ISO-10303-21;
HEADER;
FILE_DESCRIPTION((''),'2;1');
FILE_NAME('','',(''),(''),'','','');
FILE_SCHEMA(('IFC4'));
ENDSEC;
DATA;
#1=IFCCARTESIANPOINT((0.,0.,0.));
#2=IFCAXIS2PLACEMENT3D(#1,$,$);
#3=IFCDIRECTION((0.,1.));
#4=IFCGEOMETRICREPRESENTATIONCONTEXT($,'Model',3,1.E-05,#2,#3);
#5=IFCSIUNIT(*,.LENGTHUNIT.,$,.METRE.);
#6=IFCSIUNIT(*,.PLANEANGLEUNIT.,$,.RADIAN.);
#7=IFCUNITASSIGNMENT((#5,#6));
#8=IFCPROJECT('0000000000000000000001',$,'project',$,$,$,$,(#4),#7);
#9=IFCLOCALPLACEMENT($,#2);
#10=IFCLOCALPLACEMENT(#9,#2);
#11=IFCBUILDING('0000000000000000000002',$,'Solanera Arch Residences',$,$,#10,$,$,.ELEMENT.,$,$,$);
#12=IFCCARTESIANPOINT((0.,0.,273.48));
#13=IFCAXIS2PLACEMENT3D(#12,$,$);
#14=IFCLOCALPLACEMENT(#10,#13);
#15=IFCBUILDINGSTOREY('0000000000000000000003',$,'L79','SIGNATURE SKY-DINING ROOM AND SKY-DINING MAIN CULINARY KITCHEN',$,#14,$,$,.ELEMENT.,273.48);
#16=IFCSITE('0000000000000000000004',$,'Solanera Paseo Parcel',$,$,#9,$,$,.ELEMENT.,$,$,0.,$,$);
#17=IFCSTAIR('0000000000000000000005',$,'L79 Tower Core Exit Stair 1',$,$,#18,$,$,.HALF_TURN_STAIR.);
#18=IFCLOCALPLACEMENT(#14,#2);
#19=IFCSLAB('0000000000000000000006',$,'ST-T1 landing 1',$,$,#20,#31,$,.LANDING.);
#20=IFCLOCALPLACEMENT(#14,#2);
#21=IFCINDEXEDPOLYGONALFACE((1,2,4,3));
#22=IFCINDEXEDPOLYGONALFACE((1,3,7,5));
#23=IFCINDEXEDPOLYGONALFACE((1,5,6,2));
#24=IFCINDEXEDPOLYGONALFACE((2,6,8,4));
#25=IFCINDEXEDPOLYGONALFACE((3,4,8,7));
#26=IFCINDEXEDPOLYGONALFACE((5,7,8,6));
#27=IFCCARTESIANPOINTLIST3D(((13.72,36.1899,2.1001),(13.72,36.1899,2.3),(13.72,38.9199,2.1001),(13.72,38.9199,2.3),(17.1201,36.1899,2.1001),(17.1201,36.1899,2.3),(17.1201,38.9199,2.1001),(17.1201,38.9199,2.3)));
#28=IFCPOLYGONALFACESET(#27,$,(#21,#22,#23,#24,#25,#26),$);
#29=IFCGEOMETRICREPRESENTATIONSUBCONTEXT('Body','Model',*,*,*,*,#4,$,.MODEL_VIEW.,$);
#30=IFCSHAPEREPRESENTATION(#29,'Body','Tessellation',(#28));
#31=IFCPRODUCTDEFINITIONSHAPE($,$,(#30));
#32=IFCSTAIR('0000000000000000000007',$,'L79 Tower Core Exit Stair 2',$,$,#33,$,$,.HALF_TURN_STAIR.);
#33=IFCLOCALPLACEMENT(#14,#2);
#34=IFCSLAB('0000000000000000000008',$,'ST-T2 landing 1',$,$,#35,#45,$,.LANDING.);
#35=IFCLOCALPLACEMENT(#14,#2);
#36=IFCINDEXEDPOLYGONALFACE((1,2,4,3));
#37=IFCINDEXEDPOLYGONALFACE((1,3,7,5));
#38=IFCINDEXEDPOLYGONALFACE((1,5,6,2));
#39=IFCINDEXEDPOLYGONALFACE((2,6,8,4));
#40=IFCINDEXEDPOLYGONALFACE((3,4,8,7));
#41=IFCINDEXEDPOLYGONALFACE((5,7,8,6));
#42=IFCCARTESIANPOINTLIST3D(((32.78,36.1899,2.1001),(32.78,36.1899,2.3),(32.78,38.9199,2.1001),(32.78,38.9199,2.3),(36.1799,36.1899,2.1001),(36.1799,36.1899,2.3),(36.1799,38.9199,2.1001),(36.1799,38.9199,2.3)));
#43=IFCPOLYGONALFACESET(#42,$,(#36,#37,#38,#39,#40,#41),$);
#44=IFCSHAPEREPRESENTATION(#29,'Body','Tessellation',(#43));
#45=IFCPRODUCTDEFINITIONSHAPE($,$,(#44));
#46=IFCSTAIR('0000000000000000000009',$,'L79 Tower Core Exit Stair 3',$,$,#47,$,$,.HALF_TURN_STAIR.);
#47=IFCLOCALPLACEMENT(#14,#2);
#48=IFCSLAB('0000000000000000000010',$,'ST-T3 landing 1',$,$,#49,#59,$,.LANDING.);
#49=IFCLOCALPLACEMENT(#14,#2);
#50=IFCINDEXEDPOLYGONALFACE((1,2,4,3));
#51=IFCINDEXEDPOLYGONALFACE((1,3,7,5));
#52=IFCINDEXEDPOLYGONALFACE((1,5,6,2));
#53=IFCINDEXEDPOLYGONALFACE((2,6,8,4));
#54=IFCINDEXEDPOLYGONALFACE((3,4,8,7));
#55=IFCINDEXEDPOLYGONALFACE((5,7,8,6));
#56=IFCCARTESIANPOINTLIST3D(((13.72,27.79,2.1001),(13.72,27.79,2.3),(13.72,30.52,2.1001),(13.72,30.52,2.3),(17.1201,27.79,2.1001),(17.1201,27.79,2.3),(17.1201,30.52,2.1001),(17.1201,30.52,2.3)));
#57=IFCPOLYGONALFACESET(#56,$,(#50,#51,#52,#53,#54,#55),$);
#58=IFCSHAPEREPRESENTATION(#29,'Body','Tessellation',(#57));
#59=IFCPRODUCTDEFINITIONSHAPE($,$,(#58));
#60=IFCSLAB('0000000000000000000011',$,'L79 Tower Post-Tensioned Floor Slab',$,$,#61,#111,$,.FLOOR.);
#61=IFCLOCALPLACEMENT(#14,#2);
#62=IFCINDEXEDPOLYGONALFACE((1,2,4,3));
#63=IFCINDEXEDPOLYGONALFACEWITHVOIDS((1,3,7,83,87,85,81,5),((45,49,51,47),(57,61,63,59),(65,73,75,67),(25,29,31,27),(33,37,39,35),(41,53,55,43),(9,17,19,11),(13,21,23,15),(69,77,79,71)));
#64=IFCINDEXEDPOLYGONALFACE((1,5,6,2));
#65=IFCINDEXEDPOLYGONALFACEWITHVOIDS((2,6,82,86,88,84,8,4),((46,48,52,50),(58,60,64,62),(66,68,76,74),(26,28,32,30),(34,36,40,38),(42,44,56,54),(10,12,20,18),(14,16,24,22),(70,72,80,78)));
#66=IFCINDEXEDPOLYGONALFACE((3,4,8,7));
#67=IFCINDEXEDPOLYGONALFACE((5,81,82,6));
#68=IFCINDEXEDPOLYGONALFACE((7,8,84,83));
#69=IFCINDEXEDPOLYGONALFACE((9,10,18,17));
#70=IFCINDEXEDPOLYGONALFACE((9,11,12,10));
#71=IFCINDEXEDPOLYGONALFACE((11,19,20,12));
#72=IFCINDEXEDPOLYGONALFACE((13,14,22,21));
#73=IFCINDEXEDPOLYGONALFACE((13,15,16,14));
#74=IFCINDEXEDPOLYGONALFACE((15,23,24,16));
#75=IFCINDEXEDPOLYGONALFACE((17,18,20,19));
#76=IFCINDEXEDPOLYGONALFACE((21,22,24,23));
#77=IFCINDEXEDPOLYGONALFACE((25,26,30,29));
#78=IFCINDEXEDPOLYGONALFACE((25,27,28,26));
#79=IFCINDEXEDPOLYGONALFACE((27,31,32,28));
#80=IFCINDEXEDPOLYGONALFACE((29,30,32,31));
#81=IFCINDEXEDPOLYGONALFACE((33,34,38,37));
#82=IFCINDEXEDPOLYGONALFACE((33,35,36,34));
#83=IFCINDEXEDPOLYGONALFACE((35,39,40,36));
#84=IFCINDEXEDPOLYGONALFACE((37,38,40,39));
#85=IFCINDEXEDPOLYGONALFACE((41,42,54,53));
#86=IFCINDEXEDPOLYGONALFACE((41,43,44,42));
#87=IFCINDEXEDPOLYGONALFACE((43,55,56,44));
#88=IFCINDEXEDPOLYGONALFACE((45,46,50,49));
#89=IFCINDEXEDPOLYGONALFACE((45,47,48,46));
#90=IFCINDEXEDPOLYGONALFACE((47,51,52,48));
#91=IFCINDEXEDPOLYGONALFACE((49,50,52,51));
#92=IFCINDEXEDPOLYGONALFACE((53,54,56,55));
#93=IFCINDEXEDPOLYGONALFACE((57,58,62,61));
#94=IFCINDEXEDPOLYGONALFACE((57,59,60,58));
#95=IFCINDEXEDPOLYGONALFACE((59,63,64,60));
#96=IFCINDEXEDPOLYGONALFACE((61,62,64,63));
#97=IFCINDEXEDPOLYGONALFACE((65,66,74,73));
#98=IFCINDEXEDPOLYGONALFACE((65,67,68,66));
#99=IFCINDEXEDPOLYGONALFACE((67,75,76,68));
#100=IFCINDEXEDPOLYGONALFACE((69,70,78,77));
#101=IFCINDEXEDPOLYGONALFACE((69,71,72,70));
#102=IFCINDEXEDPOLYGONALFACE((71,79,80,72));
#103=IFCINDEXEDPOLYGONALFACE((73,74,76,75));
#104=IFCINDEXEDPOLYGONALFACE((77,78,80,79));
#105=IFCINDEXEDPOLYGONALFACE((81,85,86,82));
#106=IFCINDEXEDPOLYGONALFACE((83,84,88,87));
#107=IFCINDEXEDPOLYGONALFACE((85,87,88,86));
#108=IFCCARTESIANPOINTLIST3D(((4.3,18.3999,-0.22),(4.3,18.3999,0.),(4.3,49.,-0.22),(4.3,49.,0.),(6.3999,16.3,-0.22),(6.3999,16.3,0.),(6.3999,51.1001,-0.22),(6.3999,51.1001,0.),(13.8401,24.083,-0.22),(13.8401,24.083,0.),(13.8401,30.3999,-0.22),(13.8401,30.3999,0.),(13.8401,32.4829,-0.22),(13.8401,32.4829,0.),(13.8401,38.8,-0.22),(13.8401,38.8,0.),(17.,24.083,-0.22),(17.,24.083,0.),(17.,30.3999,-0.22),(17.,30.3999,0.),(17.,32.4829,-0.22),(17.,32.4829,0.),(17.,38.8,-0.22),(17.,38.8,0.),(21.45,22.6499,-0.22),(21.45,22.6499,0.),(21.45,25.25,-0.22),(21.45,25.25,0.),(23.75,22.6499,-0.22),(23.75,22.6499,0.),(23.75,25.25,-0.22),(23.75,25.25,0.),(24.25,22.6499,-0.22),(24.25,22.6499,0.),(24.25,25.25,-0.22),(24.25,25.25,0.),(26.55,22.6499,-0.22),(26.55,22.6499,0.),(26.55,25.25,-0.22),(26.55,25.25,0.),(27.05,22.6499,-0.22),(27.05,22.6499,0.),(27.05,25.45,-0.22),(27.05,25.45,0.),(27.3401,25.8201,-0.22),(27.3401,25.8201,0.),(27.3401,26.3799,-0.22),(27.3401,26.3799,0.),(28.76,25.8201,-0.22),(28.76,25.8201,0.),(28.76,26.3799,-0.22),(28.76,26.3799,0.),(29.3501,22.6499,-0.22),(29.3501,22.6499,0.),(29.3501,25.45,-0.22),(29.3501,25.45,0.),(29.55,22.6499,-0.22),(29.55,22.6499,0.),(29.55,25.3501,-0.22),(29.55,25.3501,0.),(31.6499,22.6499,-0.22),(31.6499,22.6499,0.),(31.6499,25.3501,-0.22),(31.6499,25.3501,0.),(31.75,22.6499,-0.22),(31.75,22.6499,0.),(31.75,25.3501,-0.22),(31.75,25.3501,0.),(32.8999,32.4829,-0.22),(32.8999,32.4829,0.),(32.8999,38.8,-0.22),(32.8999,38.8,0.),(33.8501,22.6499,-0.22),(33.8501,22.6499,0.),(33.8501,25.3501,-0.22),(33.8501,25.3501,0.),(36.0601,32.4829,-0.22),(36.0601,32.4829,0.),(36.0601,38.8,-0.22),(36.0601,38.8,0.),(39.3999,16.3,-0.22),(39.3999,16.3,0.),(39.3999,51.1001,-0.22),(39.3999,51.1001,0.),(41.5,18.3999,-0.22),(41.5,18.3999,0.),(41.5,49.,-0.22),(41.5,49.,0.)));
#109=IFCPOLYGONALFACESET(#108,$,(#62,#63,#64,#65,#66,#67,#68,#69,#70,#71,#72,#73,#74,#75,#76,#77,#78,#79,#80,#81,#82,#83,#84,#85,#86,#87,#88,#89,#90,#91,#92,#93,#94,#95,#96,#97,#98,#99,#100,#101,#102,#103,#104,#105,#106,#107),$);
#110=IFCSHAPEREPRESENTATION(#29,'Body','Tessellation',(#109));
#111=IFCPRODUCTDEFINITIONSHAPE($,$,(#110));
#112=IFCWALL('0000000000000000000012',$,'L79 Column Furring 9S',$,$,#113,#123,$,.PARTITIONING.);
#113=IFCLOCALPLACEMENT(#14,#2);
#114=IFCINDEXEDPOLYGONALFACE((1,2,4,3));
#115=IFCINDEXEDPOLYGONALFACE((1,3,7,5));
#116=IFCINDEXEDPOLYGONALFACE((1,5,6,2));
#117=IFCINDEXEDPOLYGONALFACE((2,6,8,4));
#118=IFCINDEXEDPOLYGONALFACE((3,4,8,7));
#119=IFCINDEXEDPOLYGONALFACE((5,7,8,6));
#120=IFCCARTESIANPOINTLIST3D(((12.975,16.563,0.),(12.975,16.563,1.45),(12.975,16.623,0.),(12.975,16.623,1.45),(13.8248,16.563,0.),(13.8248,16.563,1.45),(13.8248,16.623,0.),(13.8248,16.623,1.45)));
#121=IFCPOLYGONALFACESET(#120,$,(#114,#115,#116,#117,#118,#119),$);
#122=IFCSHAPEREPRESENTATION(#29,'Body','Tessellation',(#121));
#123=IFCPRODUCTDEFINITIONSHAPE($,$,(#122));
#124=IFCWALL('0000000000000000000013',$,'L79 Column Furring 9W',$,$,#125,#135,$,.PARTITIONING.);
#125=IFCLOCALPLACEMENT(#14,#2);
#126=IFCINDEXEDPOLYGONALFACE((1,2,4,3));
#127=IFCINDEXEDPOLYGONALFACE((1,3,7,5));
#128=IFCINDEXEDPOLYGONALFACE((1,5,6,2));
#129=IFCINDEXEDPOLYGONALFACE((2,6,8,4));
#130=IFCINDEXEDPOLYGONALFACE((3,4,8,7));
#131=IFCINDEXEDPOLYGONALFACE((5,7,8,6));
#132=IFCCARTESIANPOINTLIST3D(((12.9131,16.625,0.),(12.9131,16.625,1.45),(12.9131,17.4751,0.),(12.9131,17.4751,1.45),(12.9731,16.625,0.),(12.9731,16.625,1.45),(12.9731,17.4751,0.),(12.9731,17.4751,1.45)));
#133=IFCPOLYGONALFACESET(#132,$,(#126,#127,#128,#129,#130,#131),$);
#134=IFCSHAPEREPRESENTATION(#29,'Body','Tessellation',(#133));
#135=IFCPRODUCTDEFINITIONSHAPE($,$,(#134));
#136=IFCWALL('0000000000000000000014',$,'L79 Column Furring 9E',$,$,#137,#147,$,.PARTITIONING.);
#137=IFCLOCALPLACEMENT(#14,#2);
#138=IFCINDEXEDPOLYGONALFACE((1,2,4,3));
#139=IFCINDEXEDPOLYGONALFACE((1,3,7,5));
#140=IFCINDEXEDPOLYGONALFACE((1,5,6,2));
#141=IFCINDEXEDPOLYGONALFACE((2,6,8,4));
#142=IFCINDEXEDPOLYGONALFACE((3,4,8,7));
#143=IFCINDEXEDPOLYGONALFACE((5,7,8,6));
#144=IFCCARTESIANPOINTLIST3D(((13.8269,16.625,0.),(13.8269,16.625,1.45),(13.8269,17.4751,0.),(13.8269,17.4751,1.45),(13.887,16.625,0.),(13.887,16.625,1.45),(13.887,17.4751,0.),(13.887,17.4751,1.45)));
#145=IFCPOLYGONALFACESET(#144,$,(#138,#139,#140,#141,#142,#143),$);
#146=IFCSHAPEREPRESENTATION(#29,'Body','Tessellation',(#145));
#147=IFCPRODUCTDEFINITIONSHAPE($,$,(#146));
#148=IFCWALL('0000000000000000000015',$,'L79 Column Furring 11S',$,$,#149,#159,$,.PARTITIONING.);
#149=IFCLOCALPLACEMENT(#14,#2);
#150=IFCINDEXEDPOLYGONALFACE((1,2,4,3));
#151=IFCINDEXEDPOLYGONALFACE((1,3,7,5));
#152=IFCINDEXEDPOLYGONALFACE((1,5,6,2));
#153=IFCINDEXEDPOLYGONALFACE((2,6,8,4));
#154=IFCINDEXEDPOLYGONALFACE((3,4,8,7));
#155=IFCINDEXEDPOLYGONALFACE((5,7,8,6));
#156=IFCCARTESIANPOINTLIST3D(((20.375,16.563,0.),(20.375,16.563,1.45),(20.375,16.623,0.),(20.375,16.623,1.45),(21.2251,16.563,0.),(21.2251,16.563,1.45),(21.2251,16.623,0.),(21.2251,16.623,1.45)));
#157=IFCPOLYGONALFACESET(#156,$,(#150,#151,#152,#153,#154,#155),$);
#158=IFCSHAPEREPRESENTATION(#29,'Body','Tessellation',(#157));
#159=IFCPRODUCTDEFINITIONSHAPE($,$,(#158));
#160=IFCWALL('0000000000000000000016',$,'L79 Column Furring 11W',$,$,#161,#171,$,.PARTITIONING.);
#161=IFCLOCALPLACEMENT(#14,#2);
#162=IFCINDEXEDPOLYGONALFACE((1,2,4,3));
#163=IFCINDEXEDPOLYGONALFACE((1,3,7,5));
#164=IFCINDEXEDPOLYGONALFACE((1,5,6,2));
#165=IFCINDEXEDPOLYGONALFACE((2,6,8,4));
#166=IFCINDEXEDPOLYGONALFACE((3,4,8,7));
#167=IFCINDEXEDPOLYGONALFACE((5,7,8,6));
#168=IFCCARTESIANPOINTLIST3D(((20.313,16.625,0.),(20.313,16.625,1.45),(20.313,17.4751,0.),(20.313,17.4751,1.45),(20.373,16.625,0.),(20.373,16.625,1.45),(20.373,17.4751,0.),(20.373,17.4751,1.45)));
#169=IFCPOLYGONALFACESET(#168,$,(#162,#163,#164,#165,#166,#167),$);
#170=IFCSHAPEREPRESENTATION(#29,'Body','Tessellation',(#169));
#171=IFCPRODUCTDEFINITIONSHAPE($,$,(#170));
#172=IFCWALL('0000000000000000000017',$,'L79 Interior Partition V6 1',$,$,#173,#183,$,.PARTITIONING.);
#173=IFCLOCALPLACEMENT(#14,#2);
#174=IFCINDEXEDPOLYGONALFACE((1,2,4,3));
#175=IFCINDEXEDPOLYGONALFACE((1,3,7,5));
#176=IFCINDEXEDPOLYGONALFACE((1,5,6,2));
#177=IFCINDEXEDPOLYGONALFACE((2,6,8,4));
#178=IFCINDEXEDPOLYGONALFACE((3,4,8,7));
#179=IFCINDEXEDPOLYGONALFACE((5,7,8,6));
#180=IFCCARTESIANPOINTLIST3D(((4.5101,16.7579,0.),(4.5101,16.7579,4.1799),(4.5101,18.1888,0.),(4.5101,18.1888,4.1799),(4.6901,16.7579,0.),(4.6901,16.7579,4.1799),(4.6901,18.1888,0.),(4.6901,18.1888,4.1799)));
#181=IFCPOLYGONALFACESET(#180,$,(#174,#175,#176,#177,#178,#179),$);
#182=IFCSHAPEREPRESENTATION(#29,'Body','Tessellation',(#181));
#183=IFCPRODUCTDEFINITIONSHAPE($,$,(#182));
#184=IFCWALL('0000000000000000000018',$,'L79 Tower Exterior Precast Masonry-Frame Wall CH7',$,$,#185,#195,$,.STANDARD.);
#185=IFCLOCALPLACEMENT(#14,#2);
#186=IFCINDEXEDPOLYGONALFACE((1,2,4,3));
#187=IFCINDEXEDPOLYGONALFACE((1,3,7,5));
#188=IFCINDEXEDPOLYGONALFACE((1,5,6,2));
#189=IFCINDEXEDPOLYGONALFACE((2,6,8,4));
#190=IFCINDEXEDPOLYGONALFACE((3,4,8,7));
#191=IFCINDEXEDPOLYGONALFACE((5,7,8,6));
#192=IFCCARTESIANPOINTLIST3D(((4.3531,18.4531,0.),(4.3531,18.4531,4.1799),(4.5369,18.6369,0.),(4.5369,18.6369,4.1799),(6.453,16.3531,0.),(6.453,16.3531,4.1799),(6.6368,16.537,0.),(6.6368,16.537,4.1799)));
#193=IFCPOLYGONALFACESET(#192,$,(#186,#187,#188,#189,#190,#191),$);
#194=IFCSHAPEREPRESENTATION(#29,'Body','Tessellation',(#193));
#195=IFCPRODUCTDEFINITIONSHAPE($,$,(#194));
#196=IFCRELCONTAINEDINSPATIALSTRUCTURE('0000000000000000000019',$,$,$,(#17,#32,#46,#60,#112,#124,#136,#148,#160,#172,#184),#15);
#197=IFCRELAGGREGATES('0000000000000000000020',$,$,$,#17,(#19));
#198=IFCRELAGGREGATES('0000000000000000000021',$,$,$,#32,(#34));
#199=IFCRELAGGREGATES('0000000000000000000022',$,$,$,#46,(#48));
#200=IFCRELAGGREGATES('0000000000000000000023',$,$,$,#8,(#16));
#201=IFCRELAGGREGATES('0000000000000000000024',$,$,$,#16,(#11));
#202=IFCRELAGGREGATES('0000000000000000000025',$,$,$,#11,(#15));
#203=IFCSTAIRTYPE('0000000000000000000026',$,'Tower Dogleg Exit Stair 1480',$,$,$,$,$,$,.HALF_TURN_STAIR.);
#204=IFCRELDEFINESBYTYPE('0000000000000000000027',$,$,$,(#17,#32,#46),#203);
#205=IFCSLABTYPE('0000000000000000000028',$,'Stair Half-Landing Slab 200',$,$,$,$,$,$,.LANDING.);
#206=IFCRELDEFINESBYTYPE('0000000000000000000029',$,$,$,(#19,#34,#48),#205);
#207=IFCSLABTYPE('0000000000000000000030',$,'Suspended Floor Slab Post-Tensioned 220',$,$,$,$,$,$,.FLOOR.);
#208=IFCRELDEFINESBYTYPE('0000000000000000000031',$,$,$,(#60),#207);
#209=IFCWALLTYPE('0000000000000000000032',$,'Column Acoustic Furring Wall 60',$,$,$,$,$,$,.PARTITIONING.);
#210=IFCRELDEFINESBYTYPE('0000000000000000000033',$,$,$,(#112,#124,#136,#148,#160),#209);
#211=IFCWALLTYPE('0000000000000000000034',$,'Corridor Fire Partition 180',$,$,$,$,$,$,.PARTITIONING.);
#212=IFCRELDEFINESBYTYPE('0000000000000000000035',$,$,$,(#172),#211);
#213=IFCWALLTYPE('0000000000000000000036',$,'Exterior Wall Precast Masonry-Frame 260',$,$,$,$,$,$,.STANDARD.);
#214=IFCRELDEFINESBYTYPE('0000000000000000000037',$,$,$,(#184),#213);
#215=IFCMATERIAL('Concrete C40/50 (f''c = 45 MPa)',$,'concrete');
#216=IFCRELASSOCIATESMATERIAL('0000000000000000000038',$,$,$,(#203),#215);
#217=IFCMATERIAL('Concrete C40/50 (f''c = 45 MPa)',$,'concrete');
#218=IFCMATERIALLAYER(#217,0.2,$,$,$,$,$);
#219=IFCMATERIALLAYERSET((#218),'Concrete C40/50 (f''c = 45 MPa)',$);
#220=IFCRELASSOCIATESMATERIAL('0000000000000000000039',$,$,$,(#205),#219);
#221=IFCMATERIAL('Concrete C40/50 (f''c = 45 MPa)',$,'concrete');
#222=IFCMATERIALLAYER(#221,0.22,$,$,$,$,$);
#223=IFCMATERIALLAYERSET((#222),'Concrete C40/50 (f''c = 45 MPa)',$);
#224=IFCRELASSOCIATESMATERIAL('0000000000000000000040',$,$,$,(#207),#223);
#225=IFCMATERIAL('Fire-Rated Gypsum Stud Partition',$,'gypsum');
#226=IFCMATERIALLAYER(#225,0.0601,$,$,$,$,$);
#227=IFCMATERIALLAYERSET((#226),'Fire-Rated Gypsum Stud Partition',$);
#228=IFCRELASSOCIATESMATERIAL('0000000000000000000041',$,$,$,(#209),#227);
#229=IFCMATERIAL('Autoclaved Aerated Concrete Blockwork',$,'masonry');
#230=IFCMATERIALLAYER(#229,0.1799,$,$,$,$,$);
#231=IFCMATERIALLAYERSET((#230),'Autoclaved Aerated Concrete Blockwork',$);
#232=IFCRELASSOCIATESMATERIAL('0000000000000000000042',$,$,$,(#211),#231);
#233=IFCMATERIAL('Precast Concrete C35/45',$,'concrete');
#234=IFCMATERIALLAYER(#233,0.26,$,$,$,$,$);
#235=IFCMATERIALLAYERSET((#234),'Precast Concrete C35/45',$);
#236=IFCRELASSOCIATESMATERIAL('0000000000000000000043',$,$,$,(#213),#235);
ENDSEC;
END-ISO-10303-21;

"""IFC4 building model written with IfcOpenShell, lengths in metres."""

from ifc_helpers import new_model, si_unit, direction, frame, frame_2d, origin, place, context, subcontext, project, spatial, polyline, rectangle, outline, extrude, material, layer, layer_set, type_object, element, aggregate, save


model = new_model("IFC4")

# Units and contexts
model_context = context("Model", 3, precision=1e-05, world=origin(), true_north=direction((0.0, 1.0)))
body_context = subcontext(model_context, "Body", "Model", "MODEL_VIEW")
ifc_project = project(units=[si_unit("LENGTHUNIT", "METRE"), si_unit("PLANEANGLEUNIT", "RADIAN")], contexts=[model_context])

# Site, building, storey
site_placement = place(None, origin())
site = spatial("IfcSite", under=ifc_project, at=site_placement, Name="Solanera Paseo Parcel", CompositionType="ELEMENT", RefElevation=0.0)
building_placement = place(site_placement, origin())
building = spatial("IfcBuilding", under=site, at=building_placement, Name="Solanera Arch Residences", CompositionType="ELEMENT")
storey_placement = place(building_placement, frame((0.0, 0.0, 273.48)))
storey = spatial("IfcBuildingStorey", under=building, at=storey_placement, Name="L79", Description="SIGNATURE SKY-DINING ROOM AND SKY-DINING MAIN CULINARY KITCHEN", CompositionType="ELEMENT", Elevation=273.48)

# Stairs, slabs
ifc_material_1 = material(Name="Concrete C40/50 (f'c = 45 MPa)", Category="concrete")
stair_type = type_object("IfcStairType", Name="Tower Dogleg Exit Stair 1480", PredefinedType="HALF_TURN_STAIR", material=ifc_material_1)
stair_1_placement = place(storey_placement, origin())
stair_1 = element("IfcStair", 1, at=stair_1_placement, inside=storey, type_object=stair_type, Name="L79 Tower Core Exit Stair 1", PredefinedType="HALF_TURN_STAIR")
ifc_material_2 = material(Name="Concrete C40/50 (f'c = 45 MPa)", Category="concrete")
ifc_layer_1 = layer(ifc_material_2, 0.2)
ifc_layer_set_1 = layer_set([ifc_layer_1], Name="Concrete C40/50 (f'c = 45 MPa)")
slab_type_1 = type_object("IfcSlabType", Name="Stair Half-Landing Slab 200", PredefinedType="LANDING", material=ifc_layer_set_1)
slab_1_placement = place(storey_placement, frame((0.0, 0.0, 2.1001)))
slab_1 = element("IfcSlab", 2, at=slab_1_placement, type_object=slab_type_1, Name="ST-T1 landing 1", PredefinedType="LANDING", context=body_context, shape_type="SweptSolid", body=[
    extrude(outline(polyline([(17.1201, 36.1899), (17.1201, 38.9199), (13.72, 38.9199), (13.72, 36.1899), (17.1201, 36.1899)])), origin(), (0.0, 0.0, 1.0), 0.2),
])
aggregate(stair_1, [slab_1])
stair_2_placement = place(storey_placement, origin())
stair_2 = element("IfcStair", 3, at=stair_2_placement, inside=storey, type_object=stair_type, Name="L79 Tower Core Exit Stair 2", PredefinedType="HALF_TURN_STAIR")
slab_2_placement = place(storey_placement, frame((0.0, 0.0, 2.1001)))
slab_2 = element("IfcSlab", 4, at=slab_2_placement, type_object=slab_type_1, Name="ST-T2 landing 1", PredefinedType="LANDING", context=body_context, shape_type="SweptSolid", body=[
    extrude(outline(polyline([(36.1799, 36.1899), (36.1799, 38.9199), (32.78, 38.9199), (32.78, 36.1899), (36.1799, 36.1899)])), origin(), (0.0, 0.0, 1.0), 0.2),
])
aggregate(stair_2, [slab_2])
stair_3_placement = place(storey_placement, origin())
stair_3 = element("IfcStair", 5, at=stair_3_placement, inside=storey, type_object=stair_type, Name="L79 Tower Core Exit Stair 3", PredefinedType="HALF_TURN_STAIR")
slab_3_placement = place(storey_placement, frame((0.0, 0.0, 2.1001)))
slab_3 = element("IfcSlab", 6, at=slab_3_placement, type_object=slab_type_1, Name="ST-T3 landing 1", PredefinedType="LANDING", context=body_context, shape_type="SweptSolid", body=[
    extrude(outline(polyline([(17.1201, 27.79), (17.1201, 30.52), (13.72, 30.52), (13.72, 27.79), (17.1201, 27.79)])), origin(), (0.0, 0.0, 1.0), 0.2),
])
aggregate(stair_3, [slab_3])

# Slab
ifc_material_3 = material(Name="Concrete C40/50 (f'c = 45 MPa)", Category="concrete")
ifc_layer_2 = layer(ifc_material_3, 0.22)
ifc_layer_set_2 = layer_set([ifc_layer_2], Name="Concrete C40/50 (f'c = 45 MPa)")
slab_type_2 = type_object("IfcSlabType", Name="Suspended Floor Slab Post-Tensioned 220", PredefinedType="FLOOR", material=ifc_layer_set_2)
slab_4_placement = place(storey_placement, frame((0.0, 0.0, -0.22)))
element("IfcSlab", 7, at=slab_4_placement, inside=storey, type_object=slab_type_2, Name="L79 Tower Post-Tensioned Floor Slab", PredefinedType="FLOOR", context=body_context, shape_type="SweptSolid", body=[
    extrude(outline(polyline([(6.3999, 16.3), (39.3999, 16.3), (41.5, 18.3999), (41.5, 49.0), (39.3999, 51.1001), (6.3999, 51.1001), (4.3, 49.0), (4.3, 18.3999), (6.3999, 16.3)]), holes=[polyline([(13.8401, 32.4829), (13.8401, 38.8), (17.0, 38.8), (17.0, 32.4829), (13.8401, 32.4829)]), polyline([(32.8999, 32.4829), (32.8999, 38.8), (36.0601, 38.8), (36.0601, 32.4829), (32.8999, 32.4829)]), polyline([(13.8401, 24.083), (13.8401, 30.3999), (17.0, 30.3999), (17.0, 24.083), (13.8401, 24.083)]), polyline([(21.45, 25.25), (23.75, 25.25), (23.75, 22.6499), (21.45, 22.6499), (21.45, 25.25)]), polyline([(24.25, 25.25), (26.55, 25.25), (26.55, 22.6499), (24.25, 22.6499), (24.25, 25.25)]), polyline([(29.55, 25.3501), (31.6499, 25.3501), (31.6499, 22.6499), (29.55, 22.6499), (29.55, 25.3501)]), polyline([(31.75, 25.3501), (33.8501, 25.3501), (33.8501, 22.6499), (31.75, 22.6499), (31.75, 25.3501)]), polyline([(27.05, 25.45), (29.3501, 25.45), (29.3501, 22.6499), (27.05, 22.6499), (27.05, 25.45)]), polyline([(27.3401, 26.3799), (28.76, 26.3799), (28.76, 25.8201), (27.3401, 25.8201), (27.3401, 26.3799)])]), origin(), (0.0, 0.0, 1.0), 0.22),
])

# Walls
ifc_material_4 = material(Name="Fire-Rated Gypsum Stud Partition", Category="gypsum")
ifc_layer_3 = layer(ifc_material_4, 0.0601)
ifc_layer_set_3 = layer_set([ifc_layer_3], Name="Fire-Rated Gypsum Stud Partition")
wall_type_1 = type_object("IfcWallType", Name="Column Acoustic Furring Wall 60", PredefinedType="PARTITIONING", material=ifc_layer_set_3)
wall_1_placement = place(storey_placement, frame((12.9751, 16.593, 0.0), z_axis=(0.0, 0.0, 1.0), x_axis=(1.0, 0.0, 0.0)))
element("IfcWall", 8, at=wall_1_placement, inside=storey, type_object=wall_type_1, Name="L79 Column Furring 9S", PredefinedType="PARTITIONING", context=body_context, shape_type="SweptSolid", body=[
    extrude(rectangle(XDim=0.8499, YDim=0.0601, at=frame_2d((0.4248, 0.0))), origin(), (0.0, 0.0, 1.0), 1.45),
])
for number, where, z_axis, x_axis, name in (
    (9, (12.9431, 16.625, 0.0), (0.0, 0.0, 1.0), (0.0, 1.0, 0.0), "L79 Column Furring 9W"),
    (10, (13.8569, 16.625, 0.0), (0.0, 0.0, 1.0), (0.0, 1.0, 0.0), "L79 Column Furring 9E"),
    (11, (20.375, 16.593, 0.0), (0.0, 0.0, 1.0), (1.0, 0.0, 0.0), "L79 Column Furring 11S"),
    (12, (20.343, 16.625, 0.0), (0.0, 0.0, 1.0), (0.0, 1.0, 0.0), "L79 Column Furring 11W"),
):
    element("IfcWall", number, at=place(storey_placement, frame(where, z_axis=z_axis, x_axis=x_axis)), inside=storey, type_object=wall_type_1, Name=name, PredefinedType="PARTITIONING", context=body_context, shape_type="SweptSolid", body=[
        extrude(rectangle(XDim=0.8501, YDim=0.0601, at=frame_2d((0.425, 0.0))), origin(), (0.0, 0.0, 1.0), 1.45),
    ])
ifc_material_5 = material(Name="Autoclaved Aerated Concrete Blockwork", Category="masonry")
ifc_layer_4 = layer(ifc_material_5, 0.1799)
ifc_layer_set_4 = layer_set([ifc_layer_4], Name="Autoclaved Aerated Concrete Blockwork")
wall_type_2 = type_object("IfcWallType", Name="Corridor Fire Partition 180", PredefinedType="PARTITIONING", material=ifc_layer_set_4)
wall_2_placement = place(storey_placement, frame((4.6001, 16.7581, 0.0), z_axis=(0.0, 0.0, 1.0), x_axis=(0.0, 1.0, 0.0)))
element("IfcWall", 13, at=wall_2_placement, inside=storey, type_object=wall_type_2, Name="L79 Interior Partition V6 1", PredefinedType="PARTITIONING", context=body_context, shape_type="SweptSolid", body=[
    extrude(rectangle(XDim=1.4309, YDim=0.1799, at=frame_2d((0.7153, 0.0))), origin(), (0.0, 0.0, 1.0), 4.1799),
])
ifc_material_6 = material(Name="Precast Concrete C35/45", Category="concrete")
ifc_layer_5 = layer(ifc_material_6, 0.26)
ifc_layer_set_5 = layer_set([ifc_layer_5], Name="Precast Concrete C35/45")
wall_type_3 = type_object("IfcWallType", Name="Exterior Wall Precast Masonry-Frame 260", PredefinedType="STANDARD", material=ifc_layer_set_5)
wall_3_placement = place(storey_placement, frame((6.5449, 16.4451, 0.0), z_axis=(0.0, 0.0, 1.0), x_axis=(-0.707107, 0.707107, 0.0)))
element("IfcWall", 14, at=wall_3_placement, inside=storey, type_object=wall_type_3, Name="L79 Tower Exterior Precast Masonry-Frame Wall CH7", PredefinedType="STANDARD", context=body_context, shape_type="SweptSolid", body=[
    extrude(rectangle(XDim=2.9697, YDim=0.26, at=frame_2d((1.4849, 0.0))), origin(), (0.0, 0.0, 1.0), 4.1799),
])

save(model, "model.ifc")
